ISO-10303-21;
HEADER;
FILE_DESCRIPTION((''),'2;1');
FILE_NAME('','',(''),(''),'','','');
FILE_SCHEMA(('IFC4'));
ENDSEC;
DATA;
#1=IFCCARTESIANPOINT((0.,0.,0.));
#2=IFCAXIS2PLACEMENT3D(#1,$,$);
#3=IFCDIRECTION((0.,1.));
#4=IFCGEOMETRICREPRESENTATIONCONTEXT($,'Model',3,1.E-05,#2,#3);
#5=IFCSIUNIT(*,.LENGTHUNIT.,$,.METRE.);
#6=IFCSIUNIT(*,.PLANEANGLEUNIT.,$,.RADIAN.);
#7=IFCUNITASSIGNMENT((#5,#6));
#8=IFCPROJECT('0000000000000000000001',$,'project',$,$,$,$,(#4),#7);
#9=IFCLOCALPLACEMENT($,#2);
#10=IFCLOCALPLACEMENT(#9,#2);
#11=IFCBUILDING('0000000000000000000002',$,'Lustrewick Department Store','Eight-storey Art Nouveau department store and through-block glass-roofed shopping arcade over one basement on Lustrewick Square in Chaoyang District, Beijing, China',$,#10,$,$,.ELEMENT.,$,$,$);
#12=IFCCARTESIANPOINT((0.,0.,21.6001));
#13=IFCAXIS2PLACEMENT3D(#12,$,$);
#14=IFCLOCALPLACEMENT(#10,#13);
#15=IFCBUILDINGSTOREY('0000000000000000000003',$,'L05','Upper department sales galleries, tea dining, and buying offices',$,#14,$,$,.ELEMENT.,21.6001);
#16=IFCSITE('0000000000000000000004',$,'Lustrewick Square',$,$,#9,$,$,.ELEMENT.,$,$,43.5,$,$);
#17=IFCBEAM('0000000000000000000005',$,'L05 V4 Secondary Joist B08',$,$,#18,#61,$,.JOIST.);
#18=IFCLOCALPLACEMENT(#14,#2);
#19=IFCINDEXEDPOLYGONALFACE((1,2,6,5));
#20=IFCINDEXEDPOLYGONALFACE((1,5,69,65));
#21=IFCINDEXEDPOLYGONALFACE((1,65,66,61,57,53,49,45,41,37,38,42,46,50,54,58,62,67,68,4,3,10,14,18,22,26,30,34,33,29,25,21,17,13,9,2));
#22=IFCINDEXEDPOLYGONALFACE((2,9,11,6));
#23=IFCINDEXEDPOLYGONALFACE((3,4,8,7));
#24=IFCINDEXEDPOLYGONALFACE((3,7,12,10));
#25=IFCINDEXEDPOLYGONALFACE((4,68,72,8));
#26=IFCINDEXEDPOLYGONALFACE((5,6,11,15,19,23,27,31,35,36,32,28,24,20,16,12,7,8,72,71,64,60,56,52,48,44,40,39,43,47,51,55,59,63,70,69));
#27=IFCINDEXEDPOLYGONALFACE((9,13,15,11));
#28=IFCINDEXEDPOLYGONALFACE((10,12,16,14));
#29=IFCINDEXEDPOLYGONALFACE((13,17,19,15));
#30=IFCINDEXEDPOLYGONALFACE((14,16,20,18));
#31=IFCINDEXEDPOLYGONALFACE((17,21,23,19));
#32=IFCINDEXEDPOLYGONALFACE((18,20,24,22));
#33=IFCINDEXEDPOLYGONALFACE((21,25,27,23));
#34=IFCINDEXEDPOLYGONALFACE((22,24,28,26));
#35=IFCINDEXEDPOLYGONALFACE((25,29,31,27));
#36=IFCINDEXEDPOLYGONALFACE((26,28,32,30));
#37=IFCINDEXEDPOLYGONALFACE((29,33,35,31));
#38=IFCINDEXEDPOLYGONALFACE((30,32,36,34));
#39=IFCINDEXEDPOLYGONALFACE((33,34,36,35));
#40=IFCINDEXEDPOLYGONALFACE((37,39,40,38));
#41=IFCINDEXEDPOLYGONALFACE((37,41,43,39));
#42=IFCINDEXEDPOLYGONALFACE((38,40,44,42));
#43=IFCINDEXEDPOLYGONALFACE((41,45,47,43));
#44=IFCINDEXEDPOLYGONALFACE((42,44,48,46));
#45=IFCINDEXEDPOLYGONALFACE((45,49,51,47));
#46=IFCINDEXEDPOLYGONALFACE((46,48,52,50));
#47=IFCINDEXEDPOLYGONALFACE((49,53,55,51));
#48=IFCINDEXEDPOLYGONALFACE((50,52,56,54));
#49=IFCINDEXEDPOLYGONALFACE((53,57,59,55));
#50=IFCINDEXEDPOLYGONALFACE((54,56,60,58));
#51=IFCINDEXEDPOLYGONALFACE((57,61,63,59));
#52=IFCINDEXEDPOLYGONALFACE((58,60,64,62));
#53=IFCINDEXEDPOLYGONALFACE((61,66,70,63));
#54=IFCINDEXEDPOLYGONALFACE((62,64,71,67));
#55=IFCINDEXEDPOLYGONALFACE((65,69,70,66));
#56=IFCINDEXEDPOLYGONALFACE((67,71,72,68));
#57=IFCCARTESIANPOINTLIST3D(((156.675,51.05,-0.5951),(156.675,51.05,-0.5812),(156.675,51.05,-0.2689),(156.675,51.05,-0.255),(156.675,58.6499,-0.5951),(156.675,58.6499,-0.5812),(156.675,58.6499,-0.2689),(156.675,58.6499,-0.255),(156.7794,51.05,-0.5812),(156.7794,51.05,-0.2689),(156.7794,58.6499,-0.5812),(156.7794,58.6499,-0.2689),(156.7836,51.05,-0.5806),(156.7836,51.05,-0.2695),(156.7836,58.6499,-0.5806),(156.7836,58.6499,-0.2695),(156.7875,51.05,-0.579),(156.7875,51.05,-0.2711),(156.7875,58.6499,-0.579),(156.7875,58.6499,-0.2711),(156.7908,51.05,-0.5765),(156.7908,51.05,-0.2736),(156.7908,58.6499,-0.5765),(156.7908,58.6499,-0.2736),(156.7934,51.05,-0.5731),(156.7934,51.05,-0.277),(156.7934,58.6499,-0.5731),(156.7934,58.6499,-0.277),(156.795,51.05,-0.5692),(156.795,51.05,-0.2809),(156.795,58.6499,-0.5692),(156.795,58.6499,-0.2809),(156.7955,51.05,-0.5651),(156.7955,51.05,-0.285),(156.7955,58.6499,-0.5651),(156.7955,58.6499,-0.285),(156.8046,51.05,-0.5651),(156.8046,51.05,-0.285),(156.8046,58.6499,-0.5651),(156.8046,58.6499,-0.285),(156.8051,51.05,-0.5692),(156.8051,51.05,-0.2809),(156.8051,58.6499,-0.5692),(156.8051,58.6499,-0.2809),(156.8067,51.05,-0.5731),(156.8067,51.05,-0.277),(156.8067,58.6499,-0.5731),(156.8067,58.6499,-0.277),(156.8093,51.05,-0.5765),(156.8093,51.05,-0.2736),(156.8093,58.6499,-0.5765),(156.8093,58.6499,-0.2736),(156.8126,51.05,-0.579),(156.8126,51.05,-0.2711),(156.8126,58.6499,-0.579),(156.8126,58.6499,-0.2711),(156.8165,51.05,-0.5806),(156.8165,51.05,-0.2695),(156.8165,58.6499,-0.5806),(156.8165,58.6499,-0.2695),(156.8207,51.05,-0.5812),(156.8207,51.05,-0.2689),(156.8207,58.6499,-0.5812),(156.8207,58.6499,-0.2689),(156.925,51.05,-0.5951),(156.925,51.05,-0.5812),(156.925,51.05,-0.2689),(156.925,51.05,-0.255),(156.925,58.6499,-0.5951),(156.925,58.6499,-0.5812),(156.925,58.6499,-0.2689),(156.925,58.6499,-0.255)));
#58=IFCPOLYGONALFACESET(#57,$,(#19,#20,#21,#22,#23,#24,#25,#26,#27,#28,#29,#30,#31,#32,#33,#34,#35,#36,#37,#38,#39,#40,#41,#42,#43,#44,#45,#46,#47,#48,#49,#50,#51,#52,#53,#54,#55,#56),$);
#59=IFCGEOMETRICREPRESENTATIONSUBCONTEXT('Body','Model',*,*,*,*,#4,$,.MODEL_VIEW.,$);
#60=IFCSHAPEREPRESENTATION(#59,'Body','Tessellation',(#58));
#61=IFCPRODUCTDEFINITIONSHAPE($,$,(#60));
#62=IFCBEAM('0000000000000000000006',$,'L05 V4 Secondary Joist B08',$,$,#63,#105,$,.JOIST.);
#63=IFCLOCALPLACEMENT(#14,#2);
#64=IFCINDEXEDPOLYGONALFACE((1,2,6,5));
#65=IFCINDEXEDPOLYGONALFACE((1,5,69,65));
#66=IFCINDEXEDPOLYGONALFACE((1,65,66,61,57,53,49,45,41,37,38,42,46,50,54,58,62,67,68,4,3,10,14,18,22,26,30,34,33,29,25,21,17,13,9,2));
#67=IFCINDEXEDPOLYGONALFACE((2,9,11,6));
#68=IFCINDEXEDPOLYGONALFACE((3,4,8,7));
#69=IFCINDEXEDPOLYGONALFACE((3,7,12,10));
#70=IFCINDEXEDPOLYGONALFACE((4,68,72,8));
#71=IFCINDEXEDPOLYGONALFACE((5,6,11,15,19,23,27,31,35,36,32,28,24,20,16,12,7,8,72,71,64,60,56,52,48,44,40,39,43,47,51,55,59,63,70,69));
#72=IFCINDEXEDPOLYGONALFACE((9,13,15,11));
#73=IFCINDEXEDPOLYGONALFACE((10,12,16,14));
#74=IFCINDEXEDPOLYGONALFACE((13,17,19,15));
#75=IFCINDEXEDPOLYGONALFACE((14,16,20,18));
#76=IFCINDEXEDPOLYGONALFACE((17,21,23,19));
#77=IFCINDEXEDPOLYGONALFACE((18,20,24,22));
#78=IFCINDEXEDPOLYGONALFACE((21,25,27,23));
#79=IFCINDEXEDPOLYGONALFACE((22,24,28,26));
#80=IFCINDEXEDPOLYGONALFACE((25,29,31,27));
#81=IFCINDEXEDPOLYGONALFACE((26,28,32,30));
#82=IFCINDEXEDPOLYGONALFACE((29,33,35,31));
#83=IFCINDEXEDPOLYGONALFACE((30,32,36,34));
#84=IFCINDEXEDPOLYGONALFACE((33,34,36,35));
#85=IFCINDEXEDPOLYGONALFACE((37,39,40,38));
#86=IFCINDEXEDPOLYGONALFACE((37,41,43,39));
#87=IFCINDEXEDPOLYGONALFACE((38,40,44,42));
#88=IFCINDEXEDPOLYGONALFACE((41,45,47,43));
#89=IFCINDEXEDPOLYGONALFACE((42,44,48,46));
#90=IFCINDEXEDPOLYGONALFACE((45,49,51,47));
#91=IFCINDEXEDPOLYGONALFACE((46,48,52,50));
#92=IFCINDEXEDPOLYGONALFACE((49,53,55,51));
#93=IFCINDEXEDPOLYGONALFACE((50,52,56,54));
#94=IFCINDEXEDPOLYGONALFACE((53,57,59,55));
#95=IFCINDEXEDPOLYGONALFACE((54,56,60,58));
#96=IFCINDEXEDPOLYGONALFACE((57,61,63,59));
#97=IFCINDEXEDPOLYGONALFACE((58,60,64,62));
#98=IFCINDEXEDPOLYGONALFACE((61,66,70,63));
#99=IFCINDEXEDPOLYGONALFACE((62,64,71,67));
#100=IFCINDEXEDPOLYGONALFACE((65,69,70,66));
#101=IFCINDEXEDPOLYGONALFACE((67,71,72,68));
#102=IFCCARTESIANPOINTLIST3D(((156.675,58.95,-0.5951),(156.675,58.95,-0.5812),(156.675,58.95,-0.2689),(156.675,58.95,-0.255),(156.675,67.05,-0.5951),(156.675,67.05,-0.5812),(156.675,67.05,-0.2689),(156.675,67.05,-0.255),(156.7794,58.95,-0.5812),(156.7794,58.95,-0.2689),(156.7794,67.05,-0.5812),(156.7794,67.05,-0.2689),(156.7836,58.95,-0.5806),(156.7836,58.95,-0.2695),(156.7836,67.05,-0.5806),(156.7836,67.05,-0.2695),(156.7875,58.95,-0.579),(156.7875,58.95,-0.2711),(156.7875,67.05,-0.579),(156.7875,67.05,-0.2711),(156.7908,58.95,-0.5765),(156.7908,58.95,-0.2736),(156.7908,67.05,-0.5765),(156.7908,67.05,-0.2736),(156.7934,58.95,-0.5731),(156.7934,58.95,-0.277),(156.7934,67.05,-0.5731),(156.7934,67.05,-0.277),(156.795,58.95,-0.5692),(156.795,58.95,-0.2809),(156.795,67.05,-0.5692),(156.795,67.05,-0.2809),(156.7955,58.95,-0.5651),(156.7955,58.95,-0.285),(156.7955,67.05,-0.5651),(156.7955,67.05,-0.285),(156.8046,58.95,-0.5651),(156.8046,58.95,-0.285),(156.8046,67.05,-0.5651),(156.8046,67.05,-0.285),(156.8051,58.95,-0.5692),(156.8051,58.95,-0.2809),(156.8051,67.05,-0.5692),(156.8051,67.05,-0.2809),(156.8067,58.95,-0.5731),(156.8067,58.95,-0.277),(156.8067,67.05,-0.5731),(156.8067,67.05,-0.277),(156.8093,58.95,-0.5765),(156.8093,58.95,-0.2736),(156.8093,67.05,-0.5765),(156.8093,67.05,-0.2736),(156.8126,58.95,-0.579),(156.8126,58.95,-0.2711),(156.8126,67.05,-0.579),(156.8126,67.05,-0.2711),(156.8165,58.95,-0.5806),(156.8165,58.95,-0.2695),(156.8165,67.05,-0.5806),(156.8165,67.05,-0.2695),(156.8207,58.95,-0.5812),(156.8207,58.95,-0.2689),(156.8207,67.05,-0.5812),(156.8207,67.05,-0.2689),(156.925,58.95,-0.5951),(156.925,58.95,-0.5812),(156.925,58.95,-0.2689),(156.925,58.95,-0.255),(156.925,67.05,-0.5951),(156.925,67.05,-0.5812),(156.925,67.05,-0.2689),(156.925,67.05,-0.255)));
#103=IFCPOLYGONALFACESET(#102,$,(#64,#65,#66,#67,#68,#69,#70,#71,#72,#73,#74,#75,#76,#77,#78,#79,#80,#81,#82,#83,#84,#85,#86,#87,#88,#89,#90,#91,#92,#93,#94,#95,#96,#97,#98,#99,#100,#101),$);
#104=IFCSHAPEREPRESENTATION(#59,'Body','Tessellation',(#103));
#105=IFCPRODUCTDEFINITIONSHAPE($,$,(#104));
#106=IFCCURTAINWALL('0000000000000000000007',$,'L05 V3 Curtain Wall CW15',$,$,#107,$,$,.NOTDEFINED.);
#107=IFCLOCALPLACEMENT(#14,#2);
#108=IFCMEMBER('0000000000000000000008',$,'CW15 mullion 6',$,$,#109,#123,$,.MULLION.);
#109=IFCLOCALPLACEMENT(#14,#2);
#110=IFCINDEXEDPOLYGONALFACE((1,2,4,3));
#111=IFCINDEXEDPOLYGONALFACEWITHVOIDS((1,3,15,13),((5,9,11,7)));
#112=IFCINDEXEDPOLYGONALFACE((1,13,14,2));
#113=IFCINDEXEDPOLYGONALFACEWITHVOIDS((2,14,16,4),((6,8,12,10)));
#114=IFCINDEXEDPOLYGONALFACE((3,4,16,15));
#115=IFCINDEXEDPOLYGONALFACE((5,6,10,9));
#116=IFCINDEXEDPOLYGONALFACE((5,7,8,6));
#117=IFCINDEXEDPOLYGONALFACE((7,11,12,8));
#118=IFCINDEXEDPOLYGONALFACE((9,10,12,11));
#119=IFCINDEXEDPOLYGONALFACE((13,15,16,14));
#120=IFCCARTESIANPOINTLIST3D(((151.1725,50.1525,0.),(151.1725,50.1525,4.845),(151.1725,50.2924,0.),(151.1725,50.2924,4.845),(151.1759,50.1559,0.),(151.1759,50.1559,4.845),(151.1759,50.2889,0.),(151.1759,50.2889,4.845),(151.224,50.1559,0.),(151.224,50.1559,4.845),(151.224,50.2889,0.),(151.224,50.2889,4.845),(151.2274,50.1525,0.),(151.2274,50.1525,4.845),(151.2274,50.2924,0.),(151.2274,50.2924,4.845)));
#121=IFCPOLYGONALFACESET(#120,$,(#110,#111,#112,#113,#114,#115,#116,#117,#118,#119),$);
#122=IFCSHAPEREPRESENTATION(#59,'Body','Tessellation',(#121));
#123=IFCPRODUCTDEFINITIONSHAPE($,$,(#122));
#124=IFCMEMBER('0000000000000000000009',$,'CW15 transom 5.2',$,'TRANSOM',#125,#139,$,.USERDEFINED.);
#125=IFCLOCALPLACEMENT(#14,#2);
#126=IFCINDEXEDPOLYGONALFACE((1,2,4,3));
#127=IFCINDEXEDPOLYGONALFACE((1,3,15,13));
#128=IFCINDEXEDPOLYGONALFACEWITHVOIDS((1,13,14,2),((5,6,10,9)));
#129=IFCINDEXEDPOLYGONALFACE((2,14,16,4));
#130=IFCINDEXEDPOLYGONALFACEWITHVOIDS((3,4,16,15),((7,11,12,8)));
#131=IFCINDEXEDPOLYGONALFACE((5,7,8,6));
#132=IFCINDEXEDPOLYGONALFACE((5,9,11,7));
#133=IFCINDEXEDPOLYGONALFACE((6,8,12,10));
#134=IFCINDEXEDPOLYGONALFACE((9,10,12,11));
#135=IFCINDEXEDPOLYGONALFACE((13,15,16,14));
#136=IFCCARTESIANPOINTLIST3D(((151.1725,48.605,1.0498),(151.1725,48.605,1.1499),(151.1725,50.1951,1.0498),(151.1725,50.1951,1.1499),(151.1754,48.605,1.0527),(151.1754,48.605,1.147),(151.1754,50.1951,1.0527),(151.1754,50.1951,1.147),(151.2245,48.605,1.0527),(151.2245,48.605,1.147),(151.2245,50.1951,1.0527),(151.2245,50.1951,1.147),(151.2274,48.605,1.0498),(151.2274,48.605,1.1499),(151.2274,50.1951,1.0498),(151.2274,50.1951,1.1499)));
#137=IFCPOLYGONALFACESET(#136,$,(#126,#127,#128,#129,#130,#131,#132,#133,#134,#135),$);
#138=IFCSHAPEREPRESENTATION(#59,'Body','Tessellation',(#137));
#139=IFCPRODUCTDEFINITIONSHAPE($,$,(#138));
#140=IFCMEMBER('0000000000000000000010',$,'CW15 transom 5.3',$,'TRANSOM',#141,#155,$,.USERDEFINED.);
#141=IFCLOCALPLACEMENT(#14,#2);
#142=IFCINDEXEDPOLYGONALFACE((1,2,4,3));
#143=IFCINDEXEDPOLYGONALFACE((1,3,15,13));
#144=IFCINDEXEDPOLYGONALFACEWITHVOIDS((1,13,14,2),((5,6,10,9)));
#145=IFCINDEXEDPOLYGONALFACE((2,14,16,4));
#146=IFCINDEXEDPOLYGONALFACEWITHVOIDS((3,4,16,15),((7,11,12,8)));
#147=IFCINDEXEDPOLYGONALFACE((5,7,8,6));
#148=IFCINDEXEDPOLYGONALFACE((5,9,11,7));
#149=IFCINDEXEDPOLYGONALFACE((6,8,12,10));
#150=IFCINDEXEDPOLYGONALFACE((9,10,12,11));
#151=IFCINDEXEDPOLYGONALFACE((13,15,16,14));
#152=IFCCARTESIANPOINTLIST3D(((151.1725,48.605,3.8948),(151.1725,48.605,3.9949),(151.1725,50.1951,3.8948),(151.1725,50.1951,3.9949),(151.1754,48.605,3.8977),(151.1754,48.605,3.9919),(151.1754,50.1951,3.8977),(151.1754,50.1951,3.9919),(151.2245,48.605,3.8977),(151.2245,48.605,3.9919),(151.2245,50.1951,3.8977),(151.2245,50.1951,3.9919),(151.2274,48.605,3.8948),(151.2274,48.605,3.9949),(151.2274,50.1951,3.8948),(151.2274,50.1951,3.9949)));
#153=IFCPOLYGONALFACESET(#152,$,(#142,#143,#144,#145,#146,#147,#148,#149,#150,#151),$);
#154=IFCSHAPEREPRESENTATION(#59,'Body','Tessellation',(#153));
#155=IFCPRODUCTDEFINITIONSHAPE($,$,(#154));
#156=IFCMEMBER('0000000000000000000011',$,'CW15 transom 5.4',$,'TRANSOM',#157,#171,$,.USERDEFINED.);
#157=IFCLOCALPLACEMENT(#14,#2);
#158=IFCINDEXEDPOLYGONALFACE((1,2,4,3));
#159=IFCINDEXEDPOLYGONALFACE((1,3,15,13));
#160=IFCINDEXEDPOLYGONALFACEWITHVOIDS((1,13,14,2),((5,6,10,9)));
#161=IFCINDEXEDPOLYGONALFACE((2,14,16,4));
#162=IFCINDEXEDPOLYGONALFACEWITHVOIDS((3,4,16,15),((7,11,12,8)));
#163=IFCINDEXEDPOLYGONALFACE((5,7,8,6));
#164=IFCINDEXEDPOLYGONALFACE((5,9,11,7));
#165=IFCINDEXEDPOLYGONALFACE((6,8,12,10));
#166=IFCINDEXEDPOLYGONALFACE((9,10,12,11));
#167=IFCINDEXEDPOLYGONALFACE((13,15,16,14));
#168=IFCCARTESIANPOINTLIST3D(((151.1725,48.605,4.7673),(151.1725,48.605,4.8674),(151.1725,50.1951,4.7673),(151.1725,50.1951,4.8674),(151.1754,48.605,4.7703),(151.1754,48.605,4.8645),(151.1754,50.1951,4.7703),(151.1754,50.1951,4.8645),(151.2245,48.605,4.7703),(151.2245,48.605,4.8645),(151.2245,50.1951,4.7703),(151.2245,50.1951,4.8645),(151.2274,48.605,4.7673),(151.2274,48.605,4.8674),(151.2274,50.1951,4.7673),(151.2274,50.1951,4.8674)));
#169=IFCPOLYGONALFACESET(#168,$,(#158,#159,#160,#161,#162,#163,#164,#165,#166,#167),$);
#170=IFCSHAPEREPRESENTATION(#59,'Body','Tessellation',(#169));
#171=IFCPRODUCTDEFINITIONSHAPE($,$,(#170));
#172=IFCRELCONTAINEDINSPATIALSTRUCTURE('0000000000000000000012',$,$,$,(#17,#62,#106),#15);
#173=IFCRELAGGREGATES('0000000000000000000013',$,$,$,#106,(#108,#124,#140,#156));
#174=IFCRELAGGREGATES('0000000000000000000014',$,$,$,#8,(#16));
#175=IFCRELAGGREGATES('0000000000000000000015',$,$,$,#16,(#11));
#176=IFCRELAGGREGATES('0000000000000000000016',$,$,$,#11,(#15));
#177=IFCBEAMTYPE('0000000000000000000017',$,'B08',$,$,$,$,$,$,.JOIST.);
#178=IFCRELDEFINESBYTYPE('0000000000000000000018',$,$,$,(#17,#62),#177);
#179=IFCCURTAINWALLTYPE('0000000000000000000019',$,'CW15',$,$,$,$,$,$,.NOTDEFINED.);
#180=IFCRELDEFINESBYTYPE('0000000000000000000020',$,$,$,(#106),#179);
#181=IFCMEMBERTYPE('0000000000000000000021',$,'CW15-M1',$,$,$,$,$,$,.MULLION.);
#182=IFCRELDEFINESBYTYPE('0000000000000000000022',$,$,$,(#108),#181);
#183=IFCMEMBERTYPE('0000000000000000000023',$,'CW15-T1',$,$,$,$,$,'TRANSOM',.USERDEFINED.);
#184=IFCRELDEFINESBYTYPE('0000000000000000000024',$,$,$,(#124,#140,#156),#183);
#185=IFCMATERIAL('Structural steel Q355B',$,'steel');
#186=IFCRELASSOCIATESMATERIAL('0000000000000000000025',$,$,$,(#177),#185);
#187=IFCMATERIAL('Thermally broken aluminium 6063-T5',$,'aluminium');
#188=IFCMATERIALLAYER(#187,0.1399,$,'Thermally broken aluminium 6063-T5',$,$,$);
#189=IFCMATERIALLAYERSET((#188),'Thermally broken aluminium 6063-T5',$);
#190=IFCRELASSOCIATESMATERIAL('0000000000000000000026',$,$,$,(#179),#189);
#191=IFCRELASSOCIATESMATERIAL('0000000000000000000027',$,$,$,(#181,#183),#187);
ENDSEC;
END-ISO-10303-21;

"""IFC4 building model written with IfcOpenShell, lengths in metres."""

from ifc_helpers import new_model, si_unit, direction, frame, origin, origin_2d, place, context, subcontext, project, spatial, hollow_rectangle, i_section, extrude, material, layer, layer_set, material_profile, profile_set, type_object, element, aggregate, save


model = new_model("IFC4")

# Units and contexts
model_context = context("Model", 3, precision=1e-05, world=origin(), true_north=direction((0.0, 1.0)))
body_context = subcontext(model_context, "Body", "Model", "MODEL_VIEW")
ifc_project = project(units=[si_unit("LENGTHUNIT", "METRE"), si_unit("PLANEANGLEUNIT", "RADIAN")], contexts=[model_context])

# Site, building, storey
site_placement = place(None, origin())
site = spatial("IfcSite", under=ifc_project, at=site_placement, Name="Lustrewick Square", CompositionType="ELEMENT", RefElevation=43.5)
building_placement = place(site_placement, origin())
building = spatial("IfcBuilding", under=site, at=building_placement, Name="Lustrewick Department Store", Description="Eight-storey Art Nouveau department store and through-block glass-roofed shopping arcade over one basement on Lustrewick Square in Chaoyang District, Beijing, China", CompositionType="ELEMENT")
storey_placement = place(building_placement, frame((0.0, 0.0, 21.6001)))
storey = spatial("IfcBuildingStorey", under=building, at=storey_placement, Name="L05", Description="Upper department sales galleries, tea dining, and buying offices", CompositionType="ELEMENT", Elevation=21.6001)

# Shared definitions
ifc_material_1 = material(Name="Structural steel Q355B", Category="steel")

# Beams
ifc_material_profile_1 = material_profile(ifc_material_1, i_section(OverallWidth=0.25, OverallDepth=0.3401, WebThickness=0.009, FlangeThickness=0.0139, FilletRadius=0.0161, at=origin_2d()), Name="HM 340x250x9x14")
ifc_profile_set_1 = profile_set([ifc_material_profile_1], Name="Structural steel Q355B")
beam_type_1 = type_object("IfcBeamType", Name="B08", PredefinedType="JOIST", material=ifc_profile_set_1)
beam_1_placement = place(storey_placement, frame((156.8, 51.05, -0.425), z_axis=(0.0, 1.0, 0.0), x_axis=(-1.0, 0.0, 0.0)))
element("IfcBeam", 1, at=beam_1_placement, inside=storey, type_object=beam_type_1, Name="L05 V4 Secondary Joist B08", PredefinedType="JOIST", context=body_context, shape_type="SweptSolid", body=[
    extrude(i_section(OverallWidth=0.25, OverallDepth=0.3401, WebThickness=0.009, FlangeThickness=0.0139, FilletRadius=0.0161, at=origin_2d()), origin(), (0.0, 0.0, 1.0), 7.5999),
])
beam_2_placement = place(storey_placement, frame((156.8, 58.95, -0.425), z_axis=(0.0, 1.0, 0.0), x_axis=(-1.0, 0.0, 0.0)))
element("IfcBeam", 2, at=beam_2_placement, inside=storey, type_object=beam_type_1, Name="L05 V4 Secondary Joist B08", PredefinedType="JOIST", context=body_context, shape_type="SweptSolid", body=[
    extrude(i_section(OverallWidth=0.25, OverallDepth=0.3401, WebThickness=0.009, FlangeThickness=0.0139, FilletRadius=0.0161, at=origin_2d()), origin(), (0.0, 0.0, 1.0), 8.1001),
])

# Curtain wall, members
ifc_material_2 = material(Name="Thermally broken aluminium 6063-T5", Category="aluminium")
ifc_layer_1 = layer(ifc_material_2, 0.1399, Name="Thermally broken aluminium 6063-T5")
ifc_layer_set_1 = layer_set([ifc_layer_1], Name="Thermally broken aluminium 6063-T5")
curtain_wall_type = type_object("IfcCurtainWallType", Name="CW15", PredefinedType="NOTDEFINED", material=ifc_layer_set_1)
curtain_wall_placement = place(storey_placement, origin())
curtain_wall = element("IfcCurtainWall", 3, at=curtain_wall_placement, inside=storey, type_object=curtain_wall_type, Name="L05 V3 Curtain Wall CW15", PredefinedType="NOTDEFINED")
ifc_material_profile_2 = material_profile(ifc_material_2, hollow_rectangle(XDim=0.0549, YDim=0.1399, WallThickness=0.0034, at=origin_2d()), Name="ALU-M 55x140x3.5")
ifc_profile_set_2 = profile_set([ifc_material_profile_2], Name="Thermally broken aluminium 6063-T5")
member_type_1 = type_object("IfcMemberType", Name="CW15-M1", PredefinedType="MULLION", material=ifc_profile_set_2)
member_1_placement = place(storey_placement, frame((151.2, 50.2224, 0.0), z_axis=(0.0, 0.0, 1.0), x_axis=(-1.0, 0.0, 0.0)))
member_1 = element("IfcMember", 4, at=member_1_placement, type_object=member_type_1, Name="CW15 mullion 6", PredefinedType="MULLION", context=body_context, shape_type="SweptSolid", body=[
    extrude(hollow_rectangle(XDim=0.0549, YDim=0.1399, WallThickness=0.0034, at=origin_2d()), origin(), (0.0, 0.0, 1.0), 4.845),
])
ifc_material_profile_3 = material_profile(ifc_material_2, hollow_rectangle(XDim=0.0549, YDim=0.1001, WallThickness=0.0029, at=origin_2d()), Name="ALU-T 55x100x3")
ifc_profile_set_3 = profile_set([ifc_material_profile_3], Name="Thermally broken aluminium 6063-T5")
member_type_2 = type_object("IfcMemberType", Name="CW15-T1", ElementType="TRANSOM", PredefinedType="USERDEFINED", material=ifc_profile_set_3)
member_2_placement = place(storey_placement, frame((151.2, 48.605, 1.0999), z_axis=(0.0, 1.0, 0.0), x_axis=(-1.0, 0.0, 0.0)))
member_2 = element("IfcMember", 5, at=member_2_placement, type_object=member_type_2, Name="CW15 transom 5.2", ObjectType="TRANSOM", PredefinedType="USERDEFINED", context=body_context, shape_type="SweptSolid", body=[
    extrude(hollow_rectangle(XDim=0.0549, YDim=0.1001, WallThickness=0.0029, at=origin_2d()), origin(), (0.0, 0.0, 1.0), 1.5901),
])
member_3_placement = place(storey_placement, frame((151.2, 48.605, 3.9448), z_axis=(0.0, 1.0, 0.0), x_axis=(-1.0, 0.0, 0.0)))
member_3 = element("IfcMember", 6, at=member_3_placement, type_object=member_type_2, Name="CW15 transom 5.3", ObjectType="TRANSOM", PredefinedType="USERDEFINED", context=body_context, shape_type="SweptSolid", body=[
    extrude(hollow_rectangle(XDim=0.0549, YDim=0.1001, WallThickness=0.0029, at=origin_2d()), origin(), (0.0, 0.0, 1.0), 1.5901),
])
member_4_placement = place(storey_placement, frame((151.2, 48.605, 4.8174), z_axis=(0.0, 1.0, 0.0), x_axis=(-1.0, 0.0, 0.0)))
member_4 = element("IfcMember", 7, at=member_4_placement, type_object=member_type_2, Name="CW15 transom 5.4", ObjectType="TRANSOM", PredefinedType="USERDEFINED", context=body_context, shape_type="SweptSolid", body=[
    extrude(hollow_rectangle(XDim=0.0549, YDim=0.1001, WallThickness=0.0029, at=origin_2d()), origin(), (0.0, 0.0, 1.0), 1.5901),
])

aggregate(curtain_wall, [member_1, member_2, member_3, member_4])

save(model, "model.ifc")
